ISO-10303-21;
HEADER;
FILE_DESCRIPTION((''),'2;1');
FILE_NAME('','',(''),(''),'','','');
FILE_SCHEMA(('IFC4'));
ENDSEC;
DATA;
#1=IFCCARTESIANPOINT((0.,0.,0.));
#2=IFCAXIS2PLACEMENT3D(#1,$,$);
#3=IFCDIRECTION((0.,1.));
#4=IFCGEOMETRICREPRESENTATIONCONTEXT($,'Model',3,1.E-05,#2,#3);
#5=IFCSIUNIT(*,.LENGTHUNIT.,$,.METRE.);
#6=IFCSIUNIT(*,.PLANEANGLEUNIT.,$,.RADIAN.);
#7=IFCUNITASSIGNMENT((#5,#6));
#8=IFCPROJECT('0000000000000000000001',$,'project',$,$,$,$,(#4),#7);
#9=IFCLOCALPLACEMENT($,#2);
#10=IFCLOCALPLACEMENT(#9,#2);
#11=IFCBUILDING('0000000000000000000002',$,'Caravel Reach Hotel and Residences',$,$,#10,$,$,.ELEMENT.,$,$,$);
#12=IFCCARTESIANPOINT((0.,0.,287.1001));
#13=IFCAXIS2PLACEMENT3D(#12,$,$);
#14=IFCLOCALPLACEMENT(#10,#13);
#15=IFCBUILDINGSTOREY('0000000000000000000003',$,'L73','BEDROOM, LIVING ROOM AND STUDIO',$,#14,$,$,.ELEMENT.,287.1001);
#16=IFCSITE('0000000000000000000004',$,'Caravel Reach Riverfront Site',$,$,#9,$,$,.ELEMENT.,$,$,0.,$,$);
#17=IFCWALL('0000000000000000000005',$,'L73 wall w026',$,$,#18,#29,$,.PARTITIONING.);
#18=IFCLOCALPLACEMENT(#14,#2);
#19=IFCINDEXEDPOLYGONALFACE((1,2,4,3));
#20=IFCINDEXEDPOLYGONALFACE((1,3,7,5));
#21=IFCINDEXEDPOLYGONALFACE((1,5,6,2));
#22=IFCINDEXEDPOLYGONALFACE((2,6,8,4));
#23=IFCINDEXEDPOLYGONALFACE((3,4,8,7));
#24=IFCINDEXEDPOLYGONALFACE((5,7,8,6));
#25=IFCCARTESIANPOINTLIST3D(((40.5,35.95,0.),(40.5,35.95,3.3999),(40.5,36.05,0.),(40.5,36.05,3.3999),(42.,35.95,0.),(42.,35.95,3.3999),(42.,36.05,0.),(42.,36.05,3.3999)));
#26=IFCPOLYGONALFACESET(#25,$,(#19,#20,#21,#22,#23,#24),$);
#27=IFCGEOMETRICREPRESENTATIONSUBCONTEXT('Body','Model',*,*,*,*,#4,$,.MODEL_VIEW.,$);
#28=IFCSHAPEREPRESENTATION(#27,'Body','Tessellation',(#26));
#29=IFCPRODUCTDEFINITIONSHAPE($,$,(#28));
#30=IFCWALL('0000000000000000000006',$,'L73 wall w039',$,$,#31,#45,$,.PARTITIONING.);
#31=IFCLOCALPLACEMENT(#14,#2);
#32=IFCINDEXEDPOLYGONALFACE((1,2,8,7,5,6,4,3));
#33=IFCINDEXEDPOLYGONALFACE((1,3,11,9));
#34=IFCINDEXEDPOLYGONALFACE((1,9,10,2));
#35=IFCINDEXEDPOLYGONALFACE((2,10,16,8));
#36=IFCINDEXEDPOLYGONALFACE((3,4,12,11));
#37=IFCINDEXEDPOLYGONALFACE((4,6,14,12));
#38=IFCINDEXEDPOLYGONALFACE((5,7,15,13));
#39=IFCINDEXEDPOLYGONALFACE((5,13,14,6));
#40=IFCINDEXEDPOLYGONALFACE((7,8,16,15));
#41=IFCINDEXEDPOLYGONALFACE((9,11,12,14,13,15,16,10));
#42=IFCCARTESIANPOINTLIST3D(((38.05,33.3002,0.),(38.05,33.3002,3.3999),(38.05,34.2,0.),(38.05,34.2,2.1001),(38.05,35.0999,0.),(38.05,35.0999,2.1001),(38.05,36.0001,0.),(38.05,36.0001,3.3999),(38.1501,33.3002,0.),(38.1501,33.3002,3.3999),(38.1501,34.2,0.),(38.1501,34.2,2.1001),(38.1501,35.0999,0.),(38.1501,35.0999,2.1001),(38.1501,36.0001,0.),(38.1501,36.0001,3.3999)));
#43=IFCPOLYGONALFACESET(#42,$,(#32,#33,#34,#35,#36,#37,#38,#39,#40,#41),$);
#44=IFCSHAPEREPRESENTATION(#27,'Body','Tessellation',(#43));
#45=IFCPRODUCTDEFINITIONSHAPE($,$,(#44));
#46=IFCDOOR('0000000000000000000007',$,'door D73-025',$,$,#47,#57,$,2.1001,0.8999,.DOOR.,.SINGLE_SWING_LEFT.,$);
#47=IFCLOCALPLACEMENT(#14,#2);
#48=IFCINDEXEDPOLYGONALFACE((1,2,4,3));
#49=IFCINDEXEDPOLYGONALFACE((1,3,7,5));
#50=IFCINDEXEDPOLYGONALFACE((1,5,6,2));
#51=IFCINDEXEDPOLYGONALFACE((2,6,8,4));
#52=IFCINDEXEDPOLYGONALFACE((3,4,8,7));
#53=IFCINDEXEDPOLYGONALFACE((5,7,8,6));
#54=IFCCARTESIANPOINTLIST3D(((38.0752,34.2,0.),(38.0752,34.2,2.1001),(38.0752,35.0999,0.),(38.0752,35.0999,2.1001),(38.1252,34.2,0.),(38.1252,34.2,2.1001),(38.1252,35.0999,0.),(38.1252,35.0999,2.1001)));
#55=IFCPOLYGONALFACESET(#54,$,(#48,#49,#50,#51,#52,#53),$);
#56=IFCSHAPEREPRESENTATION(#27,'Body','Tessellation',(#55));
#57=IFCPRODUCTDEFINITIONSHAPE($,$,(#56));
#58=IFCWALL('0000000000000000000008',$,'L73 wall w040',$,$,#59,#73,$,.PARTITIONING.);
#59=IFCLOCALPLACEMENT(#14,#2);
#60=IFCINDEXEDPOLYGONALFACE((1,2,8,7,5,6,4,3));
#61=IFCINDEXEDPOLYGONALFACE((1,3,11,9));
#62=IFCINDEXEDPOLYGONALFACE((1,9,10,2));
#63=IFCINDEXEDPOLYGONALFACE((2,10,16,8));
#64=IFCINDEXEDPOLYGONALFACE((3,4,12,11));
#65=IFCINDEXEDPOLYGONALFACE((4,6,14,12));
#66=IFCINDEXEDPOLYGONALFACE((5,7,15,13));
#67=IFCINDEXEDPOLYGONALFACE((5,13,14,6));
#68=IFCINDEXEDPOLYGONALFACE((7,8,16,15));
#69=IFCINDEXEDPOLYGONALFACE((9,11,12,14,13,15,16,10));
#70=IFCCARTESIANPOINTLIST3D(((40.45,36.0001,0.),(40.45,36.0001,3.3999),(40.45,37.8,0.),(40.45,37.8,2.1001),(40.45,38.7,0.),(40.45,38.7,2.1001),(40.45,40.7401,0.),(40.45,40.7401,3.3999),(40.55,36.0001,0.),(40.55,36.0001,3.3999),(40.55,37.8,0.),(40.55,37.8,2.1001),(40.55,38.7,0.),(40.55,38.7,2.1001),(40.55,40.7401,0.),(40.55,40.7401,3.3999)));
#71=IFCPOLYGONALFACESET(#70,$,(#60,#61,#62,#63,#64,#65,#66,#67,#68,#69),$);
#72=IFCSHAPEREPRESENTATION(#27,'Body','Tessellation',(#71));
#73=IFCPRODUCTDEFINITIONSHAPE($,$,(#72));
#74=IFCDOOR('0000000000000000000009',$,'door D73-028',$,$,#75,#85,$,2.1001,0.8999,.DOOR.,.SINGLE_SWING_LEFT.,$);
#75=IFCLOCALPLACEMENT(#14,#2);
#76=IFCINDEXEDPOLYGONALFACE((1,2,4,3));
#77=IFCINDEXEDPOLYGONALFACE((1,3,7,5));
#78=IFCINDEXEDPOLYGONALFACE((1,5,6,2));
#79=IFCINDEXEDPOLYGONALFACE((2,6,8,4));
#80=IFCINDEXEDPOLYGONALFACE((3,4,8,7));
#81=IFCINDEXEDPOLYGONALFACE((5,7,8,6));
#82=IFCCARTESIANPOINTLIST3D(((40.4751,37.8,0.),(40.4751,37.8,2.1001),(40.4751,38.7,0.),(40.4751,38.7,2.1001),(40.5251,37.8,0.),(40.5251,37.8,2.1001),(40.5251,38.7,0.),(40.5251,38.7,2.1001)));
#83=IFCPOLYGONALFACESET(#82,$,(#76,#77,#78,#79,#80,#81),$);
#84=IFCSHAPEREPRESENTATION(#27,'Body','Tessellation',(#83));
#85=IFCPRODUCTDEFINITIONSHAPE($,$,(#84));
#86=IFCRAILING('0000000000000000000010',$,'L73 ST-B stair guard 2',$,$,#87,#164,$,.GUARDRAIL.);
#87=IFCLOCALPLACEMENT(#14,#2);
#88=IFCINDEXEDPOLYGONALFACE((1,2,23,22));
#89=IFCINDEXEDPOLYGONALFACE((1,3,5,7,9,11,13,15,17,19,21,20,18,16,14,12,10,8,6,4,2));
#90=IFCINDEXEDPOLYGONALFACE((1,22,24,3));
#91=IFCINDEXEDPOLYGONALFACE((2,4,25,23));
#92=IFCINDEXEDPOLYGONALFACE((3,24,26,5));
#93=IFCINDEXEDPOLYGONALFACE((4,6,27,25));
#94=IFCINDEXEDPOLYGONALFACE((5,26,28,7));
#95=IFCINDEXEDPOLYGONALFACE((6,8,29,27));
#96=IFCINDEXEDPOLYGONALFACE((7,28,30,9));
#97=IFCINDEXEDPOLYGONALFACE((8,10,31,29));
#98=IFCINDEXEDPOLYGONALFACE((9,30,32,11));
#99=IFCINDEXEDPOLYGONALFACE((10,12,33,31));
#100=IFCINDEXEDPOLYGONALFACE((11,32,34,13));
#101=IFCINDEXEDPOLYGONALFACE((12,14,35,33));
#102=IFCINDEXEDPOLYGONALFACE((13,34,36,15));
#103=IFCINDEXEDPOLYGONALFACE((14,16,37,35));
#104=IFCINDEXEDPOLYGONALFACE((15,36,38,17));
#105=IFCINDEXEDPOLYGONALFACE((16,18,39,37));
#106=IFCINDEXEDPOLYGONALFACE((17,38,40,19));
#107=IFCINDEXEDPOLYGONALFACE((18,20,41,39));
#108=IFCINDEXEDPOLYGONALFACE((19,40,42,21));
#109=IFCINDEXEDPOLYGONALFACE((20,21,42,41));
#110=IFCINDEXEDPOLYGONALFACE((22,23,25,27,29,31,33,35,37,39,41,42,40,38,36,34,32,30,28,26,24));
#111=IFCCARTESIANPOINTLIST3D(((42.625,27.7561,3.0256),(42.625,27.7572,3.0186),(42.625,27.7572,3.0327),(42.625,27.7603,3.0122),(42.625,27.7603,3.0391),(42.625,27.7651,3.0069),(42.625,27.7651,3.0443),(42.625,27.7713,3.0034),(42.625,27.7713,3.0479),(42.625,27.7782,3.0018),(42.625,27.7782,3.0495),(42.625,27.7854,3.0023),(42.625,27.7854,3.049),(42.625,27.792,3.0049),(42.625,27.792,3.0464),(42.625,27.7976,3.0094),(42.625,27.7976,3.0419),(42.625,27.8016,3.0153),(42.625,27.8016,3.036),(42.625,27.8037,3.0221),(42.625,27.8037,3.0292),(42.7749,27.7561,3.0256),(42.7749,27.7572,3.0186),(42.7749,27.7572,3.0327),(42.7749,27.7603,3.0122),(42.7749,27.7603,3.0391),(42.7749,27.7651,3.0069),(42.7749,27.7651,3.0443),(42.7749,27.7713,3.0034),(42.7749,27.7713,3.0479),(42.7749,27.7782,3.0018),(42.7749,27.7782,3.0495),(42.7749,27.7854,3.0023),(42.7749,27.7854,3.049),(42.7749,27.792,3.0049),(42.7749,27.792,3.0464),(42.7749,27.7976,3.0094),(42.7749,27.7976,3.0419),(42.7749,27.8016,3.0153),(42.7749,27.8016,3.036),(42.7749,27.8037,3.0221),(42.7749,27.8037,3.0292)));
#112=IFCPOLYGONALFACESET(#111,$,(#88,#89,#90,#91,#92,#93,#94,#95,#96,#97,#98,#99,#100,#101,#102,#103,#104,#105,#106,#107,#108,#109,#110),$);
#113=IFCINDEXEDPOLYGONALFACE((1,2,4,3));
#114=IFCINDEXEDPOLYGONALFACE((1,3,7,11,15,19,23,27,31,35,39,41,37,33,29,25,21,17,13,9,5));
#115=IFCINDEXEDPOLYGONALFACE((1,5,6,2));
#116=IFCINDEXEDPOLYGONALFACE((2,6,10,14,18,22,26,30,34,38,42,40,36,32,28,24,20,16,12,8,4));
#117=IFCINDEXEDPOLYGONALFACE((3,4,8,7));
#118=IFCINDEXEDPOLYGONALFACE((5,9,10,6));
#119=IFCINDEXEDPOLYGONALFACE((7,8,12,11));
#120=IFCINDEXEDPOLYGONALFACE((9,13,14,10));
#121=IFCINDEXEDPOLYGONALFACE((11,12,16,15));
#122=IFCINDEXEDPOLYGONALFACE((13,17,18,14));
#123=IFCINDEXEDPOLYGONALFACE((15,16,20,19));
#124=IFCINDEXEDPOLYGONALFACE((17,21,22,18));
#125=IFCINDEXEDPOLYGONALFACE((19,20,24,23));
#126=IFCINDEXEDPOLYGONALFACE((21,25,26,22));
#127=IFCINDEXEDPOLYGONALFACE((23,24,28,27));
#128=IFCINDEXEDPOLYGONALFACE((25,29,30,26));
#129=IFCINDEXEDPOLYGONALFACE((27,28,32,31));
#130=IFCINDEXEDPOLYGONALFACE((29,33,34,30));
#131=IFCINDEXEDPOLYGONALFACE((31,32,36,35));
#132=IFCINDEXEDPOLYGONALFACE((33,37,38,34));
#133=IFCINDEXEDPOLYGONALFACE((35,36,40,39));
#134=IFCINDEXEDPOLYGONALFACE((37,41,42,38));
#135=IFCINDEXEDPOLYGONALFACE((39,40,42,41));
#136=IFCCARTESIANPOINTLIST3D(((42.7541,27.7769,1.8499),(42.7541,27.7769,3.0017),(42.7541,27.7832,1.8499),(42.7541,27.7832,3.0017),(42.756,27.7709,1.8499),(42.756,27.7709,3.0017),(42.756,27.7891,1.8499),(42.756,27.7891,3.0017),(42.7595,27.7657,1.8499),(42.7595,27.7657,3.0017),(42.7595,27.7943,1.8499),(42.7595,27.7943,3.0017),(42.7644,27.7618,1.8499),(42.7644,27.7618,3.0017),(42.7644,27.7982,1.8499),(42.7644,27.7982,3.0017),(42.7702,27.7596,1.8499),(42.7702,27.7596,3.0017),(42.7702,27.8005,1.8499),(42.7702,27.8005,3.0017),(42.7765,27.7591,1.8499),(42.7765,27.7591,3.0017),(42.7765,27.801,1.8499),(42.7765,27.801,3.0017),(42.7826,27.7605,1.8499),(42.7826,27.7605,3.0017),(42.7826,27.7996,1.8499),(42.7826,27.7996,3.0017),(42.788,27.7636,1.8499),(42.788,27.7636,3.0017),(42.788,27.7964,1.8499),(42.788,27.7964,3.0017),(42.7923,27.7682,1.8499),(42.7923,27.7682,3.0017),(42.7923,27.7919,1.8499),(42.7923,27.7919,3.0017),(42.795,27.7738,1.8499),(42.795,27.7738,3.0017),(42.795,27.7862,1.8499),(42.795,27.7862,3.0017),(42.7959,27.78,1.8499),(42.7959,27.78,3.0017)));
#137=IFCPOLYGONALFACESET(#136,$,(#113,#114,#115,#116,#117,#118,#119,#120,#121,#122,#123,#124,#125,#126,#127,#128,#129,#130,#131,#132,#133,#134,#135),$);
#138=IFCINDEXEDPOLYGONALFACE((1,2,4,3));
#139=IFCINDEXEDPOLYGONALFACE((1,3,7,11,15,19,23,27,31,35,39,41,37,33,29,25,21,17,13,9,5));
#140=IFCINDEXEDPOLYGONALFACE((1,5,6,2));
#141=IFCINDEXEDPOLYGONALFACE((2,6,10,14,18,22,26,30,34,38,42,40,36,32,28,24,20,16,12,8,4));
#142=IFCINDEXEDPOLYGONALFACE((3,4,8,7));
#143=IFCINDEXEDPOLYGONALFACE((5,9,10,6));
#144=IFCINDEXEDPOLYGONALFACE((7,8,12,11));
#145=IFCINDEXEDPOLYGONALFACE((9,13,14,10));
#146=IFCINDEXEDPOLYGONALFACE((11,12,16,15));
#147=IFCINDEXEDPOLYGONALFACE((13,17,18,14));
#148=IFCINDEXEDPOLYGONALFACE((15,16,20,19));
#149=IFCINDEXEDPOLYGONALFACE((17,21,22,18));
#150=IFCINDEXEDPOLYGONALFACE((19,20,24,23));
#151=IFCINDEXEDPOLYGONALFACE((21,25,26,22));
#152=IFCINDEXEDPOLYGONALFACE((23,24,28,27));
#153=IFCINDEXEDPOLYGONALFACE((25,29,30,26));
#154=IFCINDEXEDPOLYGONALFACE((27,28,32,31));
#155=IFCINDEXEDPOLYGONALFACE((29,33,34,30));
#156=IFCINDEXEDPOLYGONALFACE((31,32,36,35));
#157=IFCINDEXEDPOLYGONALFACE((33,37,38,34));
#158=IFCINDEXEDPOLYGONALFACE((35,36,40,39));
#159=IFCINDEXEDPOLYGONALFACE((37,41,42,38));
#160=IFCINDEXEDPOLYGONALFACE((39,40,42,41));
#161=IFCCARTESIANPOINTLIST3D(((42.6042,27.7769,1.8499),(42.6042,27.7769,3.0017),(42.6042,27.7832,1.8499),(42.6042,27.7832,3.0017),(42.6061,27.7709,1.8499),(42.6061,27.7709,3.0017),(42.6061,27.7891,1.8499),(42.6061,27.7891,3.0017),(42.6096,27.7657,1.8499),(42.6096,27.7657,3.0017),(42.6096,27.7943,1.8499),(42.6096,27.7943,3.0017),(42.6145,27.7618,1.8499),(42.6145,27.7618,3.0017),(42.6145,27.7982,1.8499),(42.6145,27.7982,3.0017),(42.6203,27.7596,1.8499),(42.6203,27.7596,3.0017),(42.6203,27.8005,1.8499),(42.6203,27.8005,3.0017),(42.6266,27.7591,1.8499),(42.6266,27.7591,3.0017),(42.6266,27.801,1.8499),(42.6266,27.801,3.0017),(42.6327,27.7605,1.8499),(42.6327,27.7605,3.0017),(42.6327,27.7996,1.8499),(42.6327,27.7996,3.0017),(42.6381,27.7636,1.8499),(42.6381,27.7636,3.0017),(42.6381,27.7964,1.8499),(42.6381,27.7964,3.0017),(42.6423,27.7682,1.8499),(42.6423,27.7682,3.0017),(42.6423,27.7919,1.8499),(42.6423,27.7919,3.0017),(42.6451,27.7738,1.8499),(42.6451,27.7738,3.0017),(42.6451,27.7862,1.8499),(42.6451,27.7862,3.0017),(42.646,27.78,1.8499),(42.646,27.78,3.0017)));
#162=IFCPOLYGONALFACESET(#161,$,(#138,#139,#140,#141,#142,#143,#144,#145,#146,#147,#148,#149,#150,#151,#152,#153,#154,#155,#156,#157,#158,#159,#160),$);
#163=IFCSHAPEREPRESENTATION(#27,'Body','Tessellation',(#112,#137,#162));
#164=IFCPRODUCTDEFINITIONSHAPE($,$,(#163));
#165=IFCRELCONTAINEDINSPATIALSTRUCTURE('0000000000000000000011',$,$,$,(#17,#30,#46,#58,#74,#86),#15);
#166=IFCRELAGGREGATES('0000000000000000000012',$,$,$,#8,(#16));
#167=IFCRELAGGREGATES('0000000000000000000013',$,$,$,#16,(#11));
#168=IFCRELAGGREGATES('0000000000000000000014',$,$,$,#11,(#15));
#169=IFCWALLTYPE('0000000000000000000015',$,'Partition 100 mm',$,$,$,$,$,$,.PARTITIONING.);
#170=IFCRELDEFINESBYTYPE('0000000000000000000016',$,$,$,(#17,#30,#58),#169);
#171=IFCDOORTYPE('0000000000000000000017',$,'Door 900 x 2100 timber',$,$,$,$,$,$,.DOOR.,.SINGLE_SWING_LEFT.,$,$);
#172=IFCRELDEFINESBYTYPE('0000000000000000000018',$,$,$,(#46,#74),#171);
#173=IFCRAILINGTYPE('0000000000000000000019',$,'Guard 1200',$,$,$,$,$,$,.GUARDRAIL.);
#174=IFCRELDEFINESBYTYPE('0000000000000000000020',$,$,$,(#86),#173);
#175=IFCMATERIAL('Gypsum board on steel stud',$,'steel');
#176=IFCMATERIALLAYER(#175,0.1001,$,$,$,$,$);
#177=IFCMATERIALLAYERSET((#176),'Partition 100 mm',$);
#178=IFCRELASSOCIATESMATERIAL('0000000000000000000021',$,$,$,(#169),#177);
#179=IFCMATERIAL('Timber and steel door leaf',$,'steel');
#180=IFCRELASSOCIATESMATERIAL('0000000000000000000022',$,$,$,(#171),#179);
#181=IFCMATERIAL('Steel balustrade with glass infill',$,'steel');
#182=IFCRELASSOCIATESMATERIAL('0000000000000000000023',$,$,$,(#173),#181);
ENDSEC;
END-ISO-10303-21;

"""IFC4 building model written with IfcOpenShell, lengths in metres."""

from ifc_helpers import new_model, si_unit, direction, frame, frame_2d, origin, origin_2d, place, context, subcontext, project, spatial, rectangle, circle, extrude, material, layer, layer_set, type_object, element, fill, save


model = new_model("IFC4")

# Units and contexts
model_context = context("Model", 3, precision=1e-05, world=origin(), true_north=direction((0.0, 1.0)))
body_context = subcontext(model_context, "Body", "Model", "MODEL_VIEW")
ifc_project = project(units=[si_unit("LENGTHUNIT", "METRE"), si_unit("PLANEANGLEUNIT", "RADIAN")], contexts=[model_context])

# Site, building, storey
site_placement = place(None, origin())
site = spatial("IfcSite", under=ifc_project, at=site_placement, Name="Caravel Reach Riverfront Site", CompositionType="ELEMENT", RefElevation=0.0)
building_placement = place(site_placement, origin())
building = spatial("IfcBuilding", under=site, at=building_placement, Name="Caravel Reach Hotel and Residences", CompositionType="ELEMENT")
storey_placement = place(building_placement, frame((0.0, 0.0, 287.1001)))
storey = spatial("IfcBuildingStorey", under=building, at=storey_placement, Name="L73", Description="BEDROOM, LIVING ROOM AND STUDIO", CompositionType="ELEMENT", Elevation=287.1001)

# Wall
ifc_material_1 = material(Name="Gypsum board on steel stud", Category="steel")
ifc_layer_1 = layer(ifc_material_1, 0.1001)
ifc_layer_set_1 = layer_set([ifc_layer_1], Name="Partition 100 mm")
wall_type_1 = type_object("IfcWallType", Name="Partition 100 mm", PredefinedType="PARTITIONING", material=ifc_layer_set_1)
wall_1_placement = place(storey_placement, frame((40.5, 36.0, 0.0), z_axis=(0.0, 0.0, 1.0), x_axis=(1.0, 0.0, 0.0)))
element("IfcWall", 1, at=wall_1_placement, inside=storey, type_object=wall_type_1, Name="L73 wall w026", PredefinedType="PARTITIONING", context=body_context, shape_type="SweptSolid", body=[
    extrude(rectangle(XDim=1.5, YDim=0.1001, at=frame_2d((0.75, 0.0))), origin(), (0.0, 0.0, 1.0), 3.3999),
])

# Walls, openings, doors
wall_2_placement = place(storey_placement, frame((38.1001, 33.3, 0.0), z_axis=(0.0, 0.0, 1.0), x_axis=(0.0, 1.0, 0.0)))
wall_2 = element("IfcWall", 2, at=wall_2_placement, inside=storey, type_object=wall_type_1, Name="L73 wall w039", PredefinedType="PARTITIONING", context=body_context, shape_type="SweptSolid", body=[
    extrude(rectangle(XDim=2.7, YDim=0.1001, at=frame_2d((1.3501, 0.0))), origin(), (0.0, 0.0, 1.0), 3.3999),
])
opening_1_placement = place(wall_2_placement, frame((0.8999, 0.0, 0.0)))
opening_1 = element("IfcOpeningElement", 3, at=opening_1_placement, cuts=wall_2, PredefinedType="OPENING", context=body_context, shape_type="SweptSolid", body=[
    extrude(rectangle(XDim=0.8999, YDim=2.1001, at=frame_2d((0.45, 1.05))), frame((0.0, 0.0601, 0.0), z_axis=(0.0, -1.0, 0.0), x_axis=(1.0, 0.0, 0.0)), (0.0, 0.0, 1.0), 0.1201),
])
ifc_material_2 = material(Name="Timber and steel door leaf", Category="steel")
door_type_1 = type_object("IfcDoorType", Name="Door 900 x 2100 timber", OperationType="SINGLE_SWING_LEFT", PredefinedType="DOOR", material=ifc_material_2)
door_1_placement = place(opening_1_placement, origin())
door_1 = element("IfcDoor", 4, at=door_1_placement, inside=storey, type_object=door_type_1, Name="door D73-025", OperationType="SINGLE_SWING_LEFT", OverallHeight=2.1001, OverallWidth=0.8999, PredefinedType="DOOR", context=body_context, shape_type="SweptSolid", body=[
    extrude(rectangle(XDim=0.8999, YDim=2.1001, at=frame_2d((0.45, 1.05))), frame((0.0, 0.0249, 0.0), z_axis=(0.0, -1.0, 0.0), x_axis=(1.0, 0.0, 0.0)), (0.0, 0.0, 1.0), 0.05),
])
fill(opening_1, door_1)
wall_3_placement = place(storey_placement, frame((40.5, 36.0, 0.0), z_axis=(0.0, 0.0, 1.0), x_axis=(0.0, 1.0, 0.0)))
wall_3 = element("IfcWall", 5, at=wall_3_placement, inside=storey, type_object=wall_type_1, Name="L73 wall w040", PredefinedType="PARTITIONING", context=body_context, shape_type="SweptSolid", body=[
    extrude(rectangle(XDim=4.74, YDim=0.1001, at=frame_2d((2.3701, 0.0))), origin(), (0.0, 0.0, 1.0), 3.3999),
])
opening_2_placement = place(wall_3_placement, frame((1.8, 0.0, 0.0)))
opening_2 = element("IfcOpeningElement", 6, at=opening_2_placement, cuts=wall_3, PredefinedType="OPENING", context=body_context, shape_type="SweptSolid", body=[
    extrude(rectangle(XDim=0.8999, YDim=2.1001, at=frame_2d((0.45, 1.05))), frame((0.0, 0.0601, 0.0), z_axis=(0.0, -1.0, 0.0), x_axis=(1.0, 0.0, 0.0)), (0.0, 0.0, 1.0), 0.1201),
])
door_2_placement = place(opening_2_placement, origin())
door_2 = element("IfcDoor", 7, at=door_2_placement, inside=storey, type_object=door_type_1, Name="door D73-028", OperationType="SINGLE_SWING_LEFT", OverallHeight=2.1001, OverallWidth=0.8999, PredefinedType="DOOR", context=body_context, shape_type="SweptSolid", body=[
    extrude(rectangle(XDim=0.8999, YDim=2.1001, at=frame_2d((0.45, 1.05))), frame((0.0, 0.0249, 0.0), z_axis=(0.0, -1.0, 0.0), x_axis=(1.0, 0.0, 0.0)), (0.0, 0.0, 1.0), 0.05),
])
fill(opening_2, door_2)

# Railing
ifc_material_3 = material(Name="Steel balustrade with glass infill", Category="steel")
railing_type_1 = type_object("IfcRailingType", Name="Guard 1200", PredefinedType="GUARDRAIL", material=ifc_material_3)
railing_1_placement = place(storey_placement, frame((42.7749, 27.78, 1.8499)))
element("IfcRailing", 8, at=railing_1_placement, inside=storey, type_object=railing_type_1, Name="L73 ST-B stair guard 2", PredefinedType="GUARDRAIL", context=body_context, shape_type="SweptSolid", body=[
    extrude(circle(Radius=0.0239, at=origin_2d()), frame((0.0, 0.0, 1.1758), z_axis=(-1.0, 0.0, 0.0), x_axis=(0.0, -1.0, 0.0)), (0.0, 0.0, 1.0), 0.1499),
    extrude(circle(Radius=0.021, at=origin_2d()), origin(), (0.0, 0.0, 1.0), 1.1519),
    extrude(circle(Radius=0.021, at=origin_2d()), frame((-0.1499, 0.0, 0.0)), (0.0, 0.0, 1.0), 1.1519),
])

save(model, "model.ifc")
